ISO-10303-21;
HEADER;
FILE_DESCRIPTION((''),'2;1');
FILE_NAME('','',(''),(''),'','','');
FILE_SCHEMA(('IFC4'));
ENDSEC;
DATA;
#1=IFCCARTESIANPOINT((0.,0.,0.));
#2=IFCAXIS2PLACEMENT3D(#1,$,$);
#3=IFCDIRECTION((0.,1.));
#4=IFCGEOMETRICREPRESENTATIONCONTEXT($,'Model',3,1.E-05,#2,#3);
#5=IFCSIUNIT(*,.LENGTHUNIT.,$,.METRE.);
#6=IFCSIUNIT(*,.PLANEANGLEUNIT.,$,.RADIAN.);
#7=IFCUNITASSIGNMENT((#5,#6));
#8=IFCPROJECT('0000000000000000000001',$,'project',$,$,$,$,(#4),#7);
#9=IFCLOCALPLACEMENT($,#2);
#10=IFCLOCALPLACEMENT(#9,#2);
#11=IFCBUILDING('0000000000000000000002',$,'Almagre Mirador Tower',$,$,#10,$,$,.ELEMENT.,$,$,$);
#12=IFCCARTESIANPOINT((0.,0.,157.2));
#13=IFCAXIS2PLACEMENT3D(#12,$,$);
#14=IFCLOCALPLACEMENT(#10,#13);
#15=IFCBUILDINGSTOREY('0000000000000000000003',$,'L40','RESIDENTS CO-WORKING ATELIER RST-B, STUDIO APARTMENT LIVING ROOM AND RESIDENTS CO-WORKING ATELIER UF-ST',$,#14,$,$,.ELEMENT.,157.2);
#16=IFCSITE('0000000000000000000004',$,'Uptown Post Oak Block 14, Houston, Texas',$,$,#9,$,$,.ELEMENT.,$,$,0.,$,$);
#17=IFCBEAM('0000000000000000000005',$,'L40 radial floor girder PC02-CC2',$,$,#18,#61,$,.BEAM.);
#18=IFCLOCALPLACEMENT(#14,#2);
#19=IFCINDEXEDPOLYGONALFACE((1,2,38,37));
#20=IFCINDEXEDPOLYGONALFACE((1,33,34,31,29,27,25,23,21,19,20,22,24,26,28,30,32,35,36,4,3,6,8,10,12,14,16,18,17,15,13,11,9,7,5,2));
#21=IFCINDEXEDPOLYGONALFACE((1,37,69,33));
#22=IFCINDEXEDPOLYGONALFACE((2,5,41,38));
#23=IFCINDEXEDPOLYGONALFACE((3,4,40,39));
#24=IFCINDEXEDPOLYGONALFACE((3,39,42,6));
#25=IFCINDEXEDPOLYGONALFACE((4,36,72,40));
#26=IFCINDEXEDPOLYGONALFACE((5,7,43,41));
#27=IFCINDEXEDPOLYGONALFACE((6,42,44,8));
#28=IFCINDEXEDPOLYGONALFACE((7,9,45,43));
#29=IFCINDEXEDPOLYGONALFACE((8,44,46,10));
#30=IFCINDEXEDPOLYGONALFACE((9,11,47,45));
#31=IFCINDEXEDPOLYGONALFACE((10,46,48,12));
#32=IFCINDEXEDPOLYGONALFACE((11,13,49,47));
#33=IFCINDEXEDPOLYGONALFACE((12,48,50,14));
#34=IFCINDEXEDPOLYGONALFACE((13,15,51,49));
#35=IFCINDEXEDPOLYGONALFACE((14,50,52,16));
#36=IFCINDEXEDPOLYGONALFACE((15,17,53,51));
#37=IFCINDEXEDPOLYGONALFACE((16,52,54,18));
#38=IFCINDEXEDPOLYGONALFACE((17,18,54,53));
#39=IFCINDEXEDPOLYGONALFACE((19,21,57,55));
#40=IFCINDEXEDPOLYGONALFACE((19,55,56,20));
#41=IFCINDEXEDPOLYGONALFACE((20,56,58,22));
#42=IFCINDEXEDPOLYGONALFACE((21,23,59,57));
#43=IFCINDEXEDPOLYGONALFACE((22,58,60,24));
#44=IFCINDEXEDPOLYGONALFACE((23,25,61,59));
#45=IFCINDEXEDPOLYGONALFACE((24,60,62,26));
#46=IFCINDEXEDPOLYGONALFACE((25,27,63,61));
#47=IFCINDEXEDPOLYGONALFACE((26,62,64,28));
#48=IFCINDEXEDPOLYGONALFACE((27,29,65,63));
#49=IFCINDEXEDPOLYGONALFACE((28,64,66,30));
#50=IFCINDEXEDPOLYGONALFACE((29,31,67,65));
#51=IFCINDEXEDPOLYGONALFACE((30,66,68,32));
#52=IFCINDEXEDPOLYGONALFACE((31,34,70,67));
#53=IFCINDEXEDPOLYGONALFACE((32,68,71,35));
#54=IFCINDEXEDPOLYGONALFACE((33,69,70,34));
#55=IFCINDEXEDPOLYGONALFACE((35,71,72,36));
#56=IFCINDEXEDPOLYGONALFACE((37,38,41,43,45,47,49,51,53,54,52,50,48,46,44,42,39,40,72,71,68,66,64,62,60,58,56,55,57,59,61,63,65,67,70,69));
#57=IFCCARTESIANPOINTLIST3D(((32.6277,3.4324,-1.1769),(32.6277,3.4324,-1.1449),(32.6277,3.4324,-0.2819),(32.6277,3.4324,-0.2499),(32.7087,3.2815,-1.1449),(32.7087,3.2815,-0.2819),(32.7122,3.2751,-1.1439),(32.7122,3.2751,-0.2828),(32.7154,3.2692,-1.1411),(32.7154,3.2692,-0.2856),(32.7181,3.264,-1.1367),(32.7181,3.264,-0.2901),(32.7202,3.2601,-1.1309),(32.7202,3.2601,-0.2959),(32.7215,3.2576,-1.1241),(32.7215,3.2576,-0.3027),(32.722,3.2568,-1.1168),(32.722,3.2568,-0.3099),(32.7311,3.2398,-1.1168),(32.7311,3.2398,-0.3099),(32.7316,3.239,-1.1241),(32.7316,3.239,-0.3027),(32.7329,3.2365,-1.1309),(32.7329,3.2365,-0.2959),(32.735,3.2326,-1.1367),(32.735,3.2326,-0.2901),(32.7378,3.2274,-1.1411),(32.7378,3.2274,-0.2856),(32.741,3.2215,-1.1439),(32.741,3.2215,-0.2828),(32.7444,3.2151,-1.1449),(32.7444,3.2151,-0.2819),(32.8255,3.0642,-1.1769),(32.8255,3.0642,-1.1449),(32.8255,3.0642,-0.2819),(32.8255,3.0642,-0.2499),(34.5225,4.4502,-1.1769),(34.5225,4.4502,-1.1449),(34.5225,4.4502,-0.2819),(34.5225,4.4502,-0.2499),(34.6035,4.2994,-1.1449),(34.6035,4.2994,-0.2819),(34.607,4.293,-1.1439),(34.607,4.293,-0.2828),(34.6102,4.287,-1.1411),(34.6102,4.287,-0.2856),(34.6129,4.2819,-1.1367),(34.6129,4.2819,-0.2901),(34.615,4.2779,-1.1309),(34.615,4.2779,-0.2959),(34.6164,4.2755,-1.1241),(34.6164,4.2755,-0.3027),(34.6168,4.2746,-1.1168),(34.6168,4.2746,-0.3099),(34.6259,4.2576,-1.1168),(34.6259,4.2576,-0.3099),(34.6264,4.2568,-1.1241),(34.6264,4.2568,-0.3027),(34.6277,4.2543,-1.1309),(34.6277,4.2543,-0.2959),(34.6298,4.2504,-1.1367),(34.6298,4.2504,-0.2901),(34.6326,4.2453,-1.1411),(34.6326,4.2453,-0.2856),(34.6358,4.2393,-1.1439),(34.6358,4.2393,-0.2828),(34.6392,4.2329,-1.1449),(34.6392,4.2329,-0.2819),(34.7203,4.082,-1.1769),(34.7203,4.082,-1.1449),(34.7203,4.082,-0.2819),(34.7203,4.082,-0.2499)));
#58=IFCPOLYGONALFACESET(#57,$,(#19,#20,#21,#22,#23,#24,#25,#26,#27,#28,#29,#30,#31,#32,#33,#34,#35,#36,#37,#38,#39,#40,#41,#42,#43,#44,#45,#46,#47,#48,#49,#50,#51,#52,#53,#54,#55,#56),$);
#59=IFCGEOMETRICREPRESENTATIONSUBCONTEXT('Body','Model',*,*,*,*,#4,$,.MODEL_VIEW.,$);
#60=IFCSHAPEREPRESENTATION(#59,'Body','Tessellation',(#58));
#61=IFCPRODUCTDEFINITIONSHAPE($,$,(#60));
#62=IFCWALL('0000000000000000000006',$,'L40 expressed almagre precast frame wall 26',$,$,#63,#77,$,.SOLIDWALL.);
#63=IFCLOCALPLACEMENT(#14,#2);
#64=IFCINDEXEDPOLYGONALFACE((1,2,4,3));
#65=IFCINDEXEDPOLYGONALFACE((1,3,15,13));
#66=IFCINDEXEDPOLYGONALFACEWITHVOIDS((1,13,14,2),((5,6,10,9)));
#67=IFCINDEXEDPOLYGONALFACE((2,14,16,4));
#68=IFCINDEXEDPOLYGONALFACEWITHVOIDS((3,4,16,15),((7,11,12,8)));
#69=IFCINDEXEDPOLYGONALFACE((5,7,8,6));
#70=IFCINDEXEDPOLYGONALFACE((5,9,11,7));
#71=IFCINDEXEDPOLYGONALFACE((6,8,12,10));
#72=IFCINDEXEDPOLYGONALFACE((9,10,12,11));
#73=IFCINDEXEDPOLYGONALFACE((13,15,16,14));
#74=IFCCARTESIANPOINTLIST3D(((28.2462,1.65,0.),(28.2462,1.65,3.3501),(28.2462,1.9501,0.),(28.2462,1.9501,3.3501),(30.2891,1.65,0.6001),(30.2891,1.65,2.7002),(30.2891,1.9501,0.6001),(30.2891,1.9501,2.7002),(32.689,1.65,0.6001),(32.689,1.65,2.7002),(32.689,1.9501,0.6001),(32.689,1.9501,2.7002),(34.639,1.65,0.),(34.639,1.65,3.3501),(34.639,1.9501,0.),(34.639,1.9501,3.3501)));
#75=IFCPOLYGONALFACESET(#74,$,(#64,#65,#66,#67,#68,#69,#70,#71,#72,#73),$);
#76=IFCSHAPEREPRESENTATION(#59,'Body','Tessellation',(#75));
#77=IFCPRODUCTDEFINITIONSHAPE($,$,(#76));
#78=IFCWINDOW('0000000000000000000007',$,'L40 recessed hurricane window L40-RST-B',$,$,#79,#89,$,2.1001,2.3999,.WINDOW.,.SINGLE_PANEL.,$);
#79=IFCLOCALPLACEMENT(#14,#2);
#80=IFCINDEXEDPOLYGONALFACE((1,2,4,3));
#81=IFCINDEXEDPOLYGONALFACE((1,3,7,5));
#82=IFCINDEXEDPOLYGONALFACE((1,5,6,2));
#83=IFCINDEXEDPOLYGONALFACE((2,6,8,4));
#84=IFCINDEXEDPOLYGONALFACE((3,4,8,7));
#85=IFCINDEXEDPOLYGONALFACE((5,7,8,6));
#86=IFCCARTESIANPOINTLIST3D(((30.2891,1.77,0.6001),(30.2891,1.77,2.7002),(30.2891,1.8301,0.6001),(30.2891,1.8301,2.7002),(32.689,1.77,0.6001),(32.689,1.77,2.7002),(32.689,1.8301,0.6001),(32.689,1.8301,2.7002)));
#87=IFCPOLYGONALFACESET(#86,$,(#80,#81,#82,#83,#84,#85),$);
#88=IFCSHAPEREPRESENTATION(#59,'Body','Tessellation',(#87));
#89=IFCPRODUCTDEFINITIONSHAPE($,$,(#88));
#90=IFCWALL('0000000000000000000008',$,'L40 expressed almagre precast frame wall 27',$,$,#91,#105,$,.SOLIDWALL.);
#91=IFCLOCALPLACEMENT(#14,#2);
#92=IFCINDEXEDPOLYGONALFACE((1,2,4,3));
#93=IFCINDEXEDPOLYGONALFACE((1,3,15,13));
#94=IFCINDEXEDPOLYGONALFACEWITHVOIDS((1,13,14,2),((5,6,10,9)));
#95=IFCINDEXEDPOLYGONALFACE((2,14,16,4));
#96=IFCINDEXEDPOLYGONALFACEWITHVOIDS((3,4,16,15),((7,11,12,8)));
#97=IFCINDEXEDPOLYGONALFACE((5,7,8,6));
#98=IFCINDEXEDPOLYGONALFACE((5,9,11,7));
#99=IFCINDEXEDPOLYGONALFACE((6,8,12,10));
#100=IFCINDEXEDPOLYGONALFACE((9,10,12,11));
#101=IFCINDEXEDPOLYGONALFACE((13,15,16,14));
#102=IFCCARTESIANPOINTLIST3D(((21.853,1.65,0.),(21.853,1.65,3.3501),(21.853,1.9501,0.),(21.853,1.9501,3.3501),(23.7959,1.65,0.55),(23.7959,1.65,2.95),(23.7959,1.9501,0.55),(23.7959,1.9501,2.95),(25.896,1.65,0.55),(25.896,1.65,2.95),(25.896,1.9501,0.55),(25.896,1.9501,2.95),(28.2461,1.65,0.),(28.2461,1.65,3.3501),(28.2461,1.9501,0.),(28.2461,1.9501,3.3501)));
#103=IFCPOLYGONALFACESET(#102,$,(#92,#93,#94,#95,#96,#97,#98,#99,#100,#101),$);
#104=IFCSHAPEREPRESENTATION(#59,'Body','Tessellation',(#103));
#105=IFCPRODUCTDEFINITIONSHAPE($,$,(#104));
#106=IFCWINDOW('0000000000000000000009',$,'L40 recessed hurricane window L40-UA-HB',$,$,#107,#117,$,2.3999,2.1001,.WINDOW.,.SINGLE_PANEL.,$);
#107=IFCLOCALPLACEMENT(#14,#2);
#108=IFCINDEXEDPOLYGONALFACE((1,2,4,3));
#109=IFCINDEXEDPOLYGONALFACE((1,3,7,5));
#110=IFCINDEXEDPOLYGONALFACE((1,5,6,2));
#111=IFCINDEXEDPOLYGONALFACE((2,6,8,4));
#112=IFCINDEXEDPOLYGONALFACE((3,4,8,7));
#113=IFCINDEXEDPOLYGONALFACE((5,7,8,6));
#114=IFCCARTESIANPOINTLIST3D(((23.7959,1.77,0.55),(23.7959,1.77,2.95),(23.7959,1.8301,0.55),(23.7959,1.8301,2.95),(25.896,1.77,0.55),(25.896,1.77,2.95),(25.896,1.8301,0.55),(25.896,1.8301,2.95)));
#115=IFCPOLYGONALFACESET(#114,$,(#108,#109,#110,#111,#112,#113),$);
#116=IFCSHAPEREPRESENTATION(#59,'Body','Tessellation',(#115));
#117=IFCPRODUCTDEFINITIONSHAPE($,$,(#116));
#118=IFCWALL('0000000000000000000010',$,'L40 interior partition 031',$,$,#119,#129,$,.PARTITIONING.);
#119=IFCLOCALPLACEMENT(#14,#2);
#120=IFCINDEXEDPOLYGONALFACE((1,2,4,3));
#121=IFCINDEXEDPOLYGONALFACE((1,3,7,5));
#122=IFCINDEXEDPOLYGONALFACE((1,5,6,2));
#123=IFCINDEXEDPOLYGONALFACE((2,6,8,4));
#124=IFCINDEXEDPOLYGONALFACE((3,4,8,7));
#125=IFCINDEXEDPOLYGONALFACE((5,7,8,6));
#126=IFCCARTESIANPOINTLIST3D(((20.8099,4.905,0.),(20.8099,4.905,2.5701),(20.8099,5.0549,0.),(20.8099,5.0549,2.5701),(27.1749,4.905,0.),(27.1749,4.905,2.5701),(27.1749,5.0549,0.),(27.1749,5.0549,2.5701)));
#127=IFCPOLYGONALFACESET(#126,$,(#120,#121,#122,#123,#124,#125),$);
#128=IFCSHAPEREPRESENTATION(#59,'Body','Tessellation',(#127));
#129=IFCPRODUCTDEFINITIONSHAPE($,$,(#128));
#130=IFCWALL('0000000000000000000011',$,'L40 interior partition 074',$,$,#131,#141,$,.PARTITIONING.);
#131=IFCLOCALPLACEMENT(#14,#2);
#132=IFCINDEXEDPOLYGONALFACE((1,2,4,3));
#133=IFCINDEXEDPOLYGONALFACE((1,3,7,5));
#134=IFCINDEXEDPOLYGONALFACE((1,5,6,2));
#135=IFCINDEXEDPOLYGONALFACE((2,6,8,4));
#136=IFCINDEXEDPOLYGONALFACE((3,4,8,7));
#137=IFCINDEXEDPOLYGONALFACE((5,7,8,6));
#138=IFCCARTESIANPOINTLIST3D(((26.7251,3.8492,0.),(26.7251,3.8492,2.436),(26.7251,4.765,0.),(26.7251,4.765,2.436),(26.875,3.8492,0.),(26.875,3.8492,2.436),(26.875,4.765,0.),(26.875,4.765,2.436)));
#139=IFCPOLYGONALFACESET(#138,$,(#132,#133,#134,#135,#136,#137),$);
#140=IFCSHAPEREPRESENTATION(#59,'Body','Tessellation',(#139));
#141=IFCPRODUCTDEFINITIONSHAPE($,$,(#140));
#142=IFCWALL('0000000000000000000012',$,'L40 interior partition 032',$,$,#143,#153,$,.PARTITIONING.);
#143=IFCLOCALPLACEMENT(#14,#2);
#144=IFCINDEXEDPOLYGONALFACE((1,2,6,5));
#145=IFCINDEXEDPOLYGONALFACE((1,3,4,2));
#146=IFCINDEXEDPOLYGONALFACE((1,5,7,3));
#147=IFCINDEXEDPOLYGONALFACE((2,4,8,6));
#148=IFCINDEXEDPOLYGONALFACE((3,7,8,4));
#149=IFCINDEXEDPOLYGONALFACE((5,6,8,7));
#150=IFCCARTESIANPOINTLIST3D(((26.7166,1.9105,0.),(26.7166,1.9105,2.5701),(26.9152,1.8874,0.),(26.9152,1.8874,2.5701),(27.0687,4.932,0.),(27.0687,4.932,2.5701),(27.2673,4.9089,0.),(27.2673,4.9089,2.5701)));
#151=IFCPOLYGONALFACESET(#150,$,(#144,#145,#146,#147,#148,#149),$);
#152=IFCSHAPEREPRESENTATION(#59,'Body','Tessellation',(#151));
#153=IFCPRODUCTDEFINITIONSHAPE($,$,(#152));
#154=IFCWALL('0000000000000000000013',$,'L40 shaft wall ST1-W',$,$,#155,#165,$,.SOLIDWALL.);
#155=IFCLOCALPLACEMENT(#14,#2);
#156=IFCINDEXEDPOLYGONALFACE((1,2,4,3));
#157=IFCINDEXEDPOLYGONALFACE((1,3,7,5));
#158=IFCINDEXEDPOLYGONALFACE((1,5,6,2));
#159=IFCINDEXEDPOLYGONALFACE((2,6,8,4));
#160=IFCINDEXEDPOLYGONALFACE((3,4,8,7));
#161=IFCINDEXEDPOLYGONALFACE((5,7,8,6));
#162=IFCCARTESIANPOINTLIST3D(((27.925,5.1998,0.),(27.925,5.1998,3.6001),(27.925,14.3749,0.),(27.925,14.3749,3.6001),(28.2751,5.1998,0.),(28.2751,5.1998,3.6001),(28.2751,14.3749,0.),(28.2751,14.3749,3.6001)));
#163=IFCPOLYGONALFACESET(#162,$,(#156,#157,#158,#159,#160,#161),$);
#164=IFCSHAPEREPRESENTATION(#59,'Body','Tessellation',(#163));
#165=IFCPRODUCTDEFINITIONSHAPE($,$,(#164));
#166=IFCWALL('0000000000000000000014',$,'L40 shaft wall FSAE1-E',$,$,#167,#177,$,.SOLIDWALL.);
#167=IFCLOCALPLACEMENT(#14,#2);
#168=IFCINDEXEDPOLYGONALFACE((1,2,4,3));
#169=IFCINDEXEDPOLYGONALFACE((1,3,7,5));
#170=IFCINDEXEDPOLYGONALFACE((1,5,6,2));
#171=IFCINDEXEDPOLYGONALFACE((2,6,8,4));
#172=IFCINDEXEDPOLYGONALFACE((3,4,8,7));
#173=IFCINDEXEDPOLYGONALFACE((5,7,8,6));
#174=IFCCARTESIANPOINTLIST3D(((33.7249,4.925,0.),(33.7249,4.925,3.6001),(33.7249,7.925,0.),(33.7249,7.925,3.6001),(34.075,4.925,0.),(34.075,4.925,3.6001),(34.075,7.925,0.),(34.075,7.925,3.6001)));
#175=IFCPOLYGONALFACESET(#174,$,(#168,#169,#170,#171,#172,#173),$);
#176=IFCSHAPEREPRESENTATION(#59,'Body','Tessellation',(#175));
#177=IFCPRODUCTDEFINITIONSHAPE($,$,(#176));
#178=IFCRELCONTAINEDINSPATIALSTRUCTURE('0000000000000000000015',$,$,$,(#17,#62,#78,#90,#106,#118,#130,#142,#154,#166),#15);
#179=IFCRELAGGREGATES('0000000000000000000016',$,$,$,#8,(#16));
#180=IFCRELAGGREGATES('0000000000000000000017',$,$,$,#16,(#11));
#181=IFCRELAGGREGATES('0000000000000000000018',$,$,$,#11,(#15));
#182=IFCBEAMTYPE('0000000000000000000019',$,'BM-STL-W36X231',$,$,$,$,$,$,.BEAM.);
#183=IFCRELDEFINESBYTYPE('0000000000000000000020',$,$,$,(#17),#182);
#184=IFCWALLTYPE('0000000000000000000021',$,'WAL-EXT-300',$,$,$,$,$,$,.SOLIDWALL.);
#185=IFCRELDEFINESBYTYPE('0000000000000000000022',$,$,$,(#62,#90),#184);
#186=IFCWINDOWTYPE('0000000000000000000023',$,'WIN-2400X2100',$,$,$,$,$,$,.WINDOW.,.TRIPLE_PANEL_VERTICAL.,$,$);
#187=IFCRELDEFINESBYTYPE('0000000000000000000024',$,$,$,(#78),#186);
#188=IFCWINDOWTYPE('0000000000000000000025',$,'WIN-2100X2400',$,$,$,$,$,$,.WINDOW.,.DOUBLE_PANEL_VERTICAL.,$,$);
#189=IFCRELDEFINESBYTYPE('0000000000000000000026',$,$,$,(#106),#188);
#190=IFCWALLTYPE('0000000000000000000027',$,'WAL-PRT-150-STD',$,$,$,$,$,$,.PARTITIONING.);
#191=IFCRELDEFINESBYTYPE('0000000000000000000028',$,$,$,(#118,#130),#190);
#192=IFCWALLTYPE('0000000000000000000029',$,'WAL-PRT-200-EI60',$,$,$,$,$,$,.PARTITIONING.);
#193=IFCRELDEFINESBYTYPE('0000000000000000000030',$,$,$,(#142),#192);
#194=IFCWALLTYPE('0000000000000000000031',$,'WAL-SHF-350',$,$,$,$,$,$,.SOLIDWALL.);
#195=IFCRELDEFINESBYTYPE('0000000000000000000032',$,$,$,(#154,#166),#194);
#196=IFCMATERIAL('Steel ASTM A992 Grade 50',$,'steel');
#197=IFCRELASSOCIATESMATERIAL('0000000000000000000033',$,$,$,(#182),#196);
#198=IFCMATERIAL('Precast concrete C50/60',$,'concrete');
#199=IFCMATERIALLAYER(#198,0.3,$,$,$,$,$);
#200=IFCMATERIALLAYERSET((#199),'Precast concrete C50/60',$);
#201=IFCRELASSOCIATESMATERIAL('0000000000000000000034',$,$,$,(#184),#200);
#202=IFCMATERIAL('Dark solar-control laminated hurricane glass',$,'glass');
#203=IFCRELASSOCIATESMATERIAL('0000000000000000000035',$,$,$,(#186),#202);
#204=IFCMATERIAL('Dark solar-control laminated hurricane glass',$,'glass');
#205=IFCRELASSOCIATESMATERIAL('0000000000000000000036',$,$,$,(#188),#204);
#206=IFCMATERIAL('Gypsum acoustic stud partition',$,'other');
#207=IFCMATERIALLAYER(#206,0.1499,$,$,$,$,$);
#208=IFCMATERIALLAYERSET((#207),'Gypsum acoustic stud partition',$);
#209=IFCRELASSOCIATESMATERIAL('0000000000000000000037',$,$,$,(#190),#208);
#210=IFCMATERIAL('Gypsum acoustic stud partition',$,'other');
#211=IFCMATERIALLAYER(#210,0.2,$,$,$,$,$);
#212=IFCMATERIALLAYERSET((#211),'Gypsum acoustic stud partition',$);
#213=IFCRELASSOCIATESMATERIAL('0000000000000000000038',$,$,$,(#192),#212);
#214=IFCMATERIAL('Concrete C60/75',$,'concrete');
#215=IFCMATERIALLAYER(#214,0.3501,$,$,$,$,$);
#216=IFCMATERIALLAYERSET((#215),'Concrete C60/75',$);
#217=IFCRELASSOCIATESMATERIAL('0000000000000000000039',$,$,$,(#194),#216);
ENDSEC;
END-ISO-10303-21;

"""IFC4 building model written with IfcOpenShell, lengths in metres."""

from ifc_helpers import new_model, si_unit, direction, frame, frame_2d, origin, origin_2d, place, context, subcontext, project, spatial, rectangle, i_section, extrude, material, layer, layer_set, material_profile, profile_set, type_object, element, fill, save


model = new_model("IFC4")

# Units and contexts
model_context = context("Model", 3, precision=1e-05, world=origin(), true_north=direction((0.0, 1.0)))
body_context = subcontext(model_context, "Body", "Model", "MODEL_VIEW")
ifc_project = project(units=[si_unit("LENGTHUNIT", "METRE"), si_unit("PLANEANGLEUNIT", "RADIAN")], contexts=[model_context])

# Site, building, storey
site_placement = place(None, origin())
site = spatial("IfcSite", under=ifc_project, at=site_placement, Name="Uptown Post Oak Block 14, Houston, Texas", CompositionType="ELEMENT", RefElevation=0.0)
building_placement = place(site_placement, origin())
building = spatial("IfcBuilding", under=site, at=building_placement, Name="Almagre Mirador Tower", CompositionType="ELEMENT")
storey_placement = place(building_placement, frame((0.0, 0.0, 157.2)))
storey = spatial("IfcBuildingStorey", under=building, at=storey_placement, Name="L40", Description="RESIDENTS CO-WORKING ATELIER RST-B, STUDIO APARTMENT LIVING ROOM AND RESIDENTS CO-WORKING ATELIER UF-ST", CompositionType="ELEMENT", Elevation=157.2)

# Beam
ifc_material_1 = material(Name="Steel ASTM A992 Grade 50", Category="steel")
ifc_material_profile_1 = material_profile(ifc_material_1, i_section(OverallWidth=0.418, OverallDepth=0.927, WebThickness=0.0193, FlangeThickness=0.032, FilletRadius=0.0281, at=origin_2d()), Name="W36X231")
ifc_profile_set_1 = profile_set([ifc_material_profile_1], Name="Steel ASTM A992 Grade 50")
beam_type_1 = type_object("IfcBeamType", Name="BM-STL-W36X231", PredefinedType="BEAM", material=ifc_profile_set_1)
beam_1_placement = place(storey_placement, frame((32.7266, 3.2483, -0.7134), z_axis=(0.880944, 0.47322, 0.0), x_axis=(-0.47322, 0.880944, 0.0)))
element("IfcBeam", 1, at=beam_1_placement, inside=storey, type_object=beam_type_1, Name="L40 radial floor girder PC02-CC2", PredefinedType="BEAM", context=body_context, shape_type="SweptSolid", body=[
    extrude(i_section(OverallWidth=0.418, OverallDepth=0.927, WebThickness=0.0193, FlangeThickness=0.032, FilletRadius=0.0281, at=origin_2d()), origin(), (0.0, 0.0, 1.0), 2.1509),
])

# Walls, openings, windows
ifc_material_2 = material(Name="Precast concrete C50/60", Category="concrete")
ifc_layer_1 = layer(ifc_material_2, 0.3)
ifc_layer_set_1 = layer_set([ifc_layer_1], Name="Precast concrete C50/60")
wall_type_1 = type_object("IfcWallType", Name="WAL-EXT-300", PredefinedType="SOLIDWALL", material=ifc_layer_set_1)
wall_1_placement = place(storey_placement, frame((34.6389, 1.8, 0.0), z_axis=(0.0, 0.0, 1.0), x_axis=(-1.0, 0.0, 0.0)))
wall_1 = element("IfcWall", 2, at=wall_1_placement, inside=storey, type_object=wall_type_1, Name="L40 expressed almagre precast frame wall 26", PredefinedType="SOLIDWALL", context=body_context, shape_type="SweptSolid", body=[
    extrude(rectangle(XDim=6.3928, YDim=0.3, at=frame_2d((3.1963, 0.0))), origin(), (0.0, 0.0, 1.0), 3.3501),
])
opening_1_placement = place(wall_1_placement, frame((1.95, 0.0, 0.6001)))
opening_1 = element("IfcOpeningElement", 3, at=opening_1_placement, cuts=wall_1, PredefinedType="OPENING", context=body_context, shape_type="SweptSolid", body=[
    extrude(rectangle(XDim=2.3999, YDim=2.1001, at=frame_2d((1.2, 1.05))), frame((0.0, 0.1599, 0.0), z_axis=(0.0, -1.0, 0.0), x_axis=(1.0, 0.0, 0.0)), (0.0, 0.0, 1.0), 0.32),
])
ifc_material_3 = material(Name="Dark solar-control laminated hurricane glass", Category="glass")
window_type_1 = type_object("IfcWindowType", Name="WIN-2400X2100", PartitioningType="TRIPLE_PANEL_VERTICAL", PredefinedType="WINDOW", material=ifc_material_3)
window_1_placement = place(opening_1_placement, origin())
window_1 = element("IfcWindow", 4, at=window_1_placement, inside=storey, type_object=window_type_1, Name="L40 recessed hurricane window L40-RST-B", OverallHeight=2.1001, OverallWidth=2.3999, PartitioningType="SINGLE_PANEL", PredefinedType="WINDOW", context=body_context, shape_type="SweptSolid", body=[
    extrude(rectangle(XDim=2.3999, YDim=2.1001, at=frame_2d((1.2, 1.05))), frame((0.0, 0.03, 0.0), z_axis=(0.0, -1.0, 0.0), x_axis=(1.0, 0.0, 0.0)), (0.0, 0.0, 1.0), 0.0601),
])
fill(opening_1, window_1)
wall_2_placement = place(storey_placement, frame((28.2461, 1.8, 0.0), z_axis=(0.0, 0.0, 1.0), x_axis=(-1.0, 0.0, 0.0)))
wall_2 = element("IfcWall", 5, at=wall_2_placement, inside=storey, type_object=wall_type_1, Name="L40 expressed almagre precast frame wall 27", PredefinedType="SOLIDWALL", context=body_context, shape_type="SweptSolid", body=[
    extrude(rectangle(XDim=6.3931, YDim=0.3, at=frame_2d((3.1965, 0.0))), origin(), (0.0, 0.0, 1.0), 3.3501),
])
opening_2_placement = place(wall_2_placement, frame((2.3501, 0.0, 0.55)))
opening_2 = element("IfcOpeningElement", 6, at=opening_2_placement, cuts=wall_2, PredefinedType="OPENING", context=body_context, shape_type="SweptSolid", body=[
    extrude(rectangle(XDim=2.1001, YDim=2.3999, at=frame_2d((1.05, 1.2))), frame((0.0, 0.1599, 0.0), z_axis=(0.0, -1.0, 0.0), x_axis=(1.0, 0.0, 0.0)), (0.0, 0.0, 1.0), 0.32),
])
ifc_material_4 = material(Name="Dark solar-control laminated hurricane glass", Category="glass")
window_type_2 = type_object("IfcWindowType", Name="WIN-2100X2400", PartitioningType="DOUBLE_PANEL_VERTICAL", PredefinedType="WINDOW", material=ifc_material_4)
window_2_placement = place(opening_2_placement, origin())
window_2 = element("IfcWindow", 7, at=window_2_placement, inside=storey, type_object=window_type_2, Name="L40 recessed hurricane window L40-UA-HB", OverallHeight=2.3999, OverallWidth=2.1001, PartitioningType="SINGLE_PANEL", PredefinedType="WINDOW", context=body_context, shape_type="SweptSolid", body=[
    extrude(rectangle(XDim=2.1001, YDim=2.3999, at=frame_2d((1.05, 1.2))), frame((0.0, 0.03, 0.0), z_axis=(0.0, -1.0, 0.0), x_axis=(1.0, 0.0, 0.0)), (0.0, 0.0, 1.0), 0.0601),
])
fill(opening_2, window_2)

# Walls
ifc_material_5 = material(Name="Gypsum acoustic stud partition", Category="other")
ifc_layer_2 = layer(ifc_material_5, 0.1499)
ifc_layer_set_2 = layer_set([ifc_layer_2], Name="Gypsum acoustic stud partition")
wall_type_2 = type_object("IfcWallType", Name="WAL-PRT-150-STD", PredefinedType="PARTITIONING", material=ifc_layer_set_2)
wall_3_placement = place(storey_placement, frame((27.175, 4.98, 0.0), z_axis=(0.0, 0.0, 1.0), x_axis=(-1.0, 0.0, 0.0)))
element("IfcWall", 8, at=wall_3_placement, inside=storey, type_object=wall_type_2, Name="L40 interior partition 031", PredefinedType="PARTITIONING", context=body_context, shape_type="SweptSolid", body=[
    extrude(rectangle(XDim=6.365, YDim=0.1499, at=frame_2d((3.1826, 0.0))), origin(), (0.0, 0.0, 1.0), 2.5701),
])
wall_4_placement = place(storey_placement, frame((26.8, 3.8491, 0.0), z_axis=(0.0, 0.0, 1.0), x_axis=(0.0, 1.0, 0.0)))
element("IfcWall", 9, at=wall_4_placement, inside=storey, type_object=wall_type_2, Name="L40 interior partition 074", PredefinedType="PARTITIONING", context=body_context, shape_type="SweptSolid", body=[
    extrude(rectangle(XDim=0.9158, YDim=0.1499, at=frame_2d((0.458, 0.0))), origin(), (0.0, 0.0, 1.0), 2.436),
])
ifc_material_6 = material(Name="Gypsum acoustic stud partition", Category="other")
ifc_layer_3 = layer(ifc_material_6, 0.2)
ifc_layer_set_3 = layer_set([ifc_layer_3], Name="Gypsum acoustic stud partition")
wall_type_3 = type_object("IfcWallType", Name="WAL-PRT-200-EI60", PredefinedType="PARTITIONING", material=ifc_layer_set_3)
wall_5_placement = place(storey_placement, frame((26.8159, 1.8989, 0.0), z_axis=(0.0, 0.0, 1.0), x_axis=(0.115733, 0.99328, 0.0)))
element("IfcWall", 10, at=wall_5_placement, inside=storey, type_object=wall_type_3, Name="L40 interior partition 032", PredefinedType="PARTITIONING", context=body_context, shape_type="SweptSolid", body=[
    extrude(rectangle(XDim=3.042, YDim=0.2, at=frame_2d((1.521, 0.0))), origin(), (0.0, 0.0, 1.0), 2.5701),
])
ifc_material_7 = material(Name="Concrete C60/75", Category="concrete")
ifc_layer_4 = layer(ifc_material_7, 0.3501)
ifc_layer_set_4 = layer_set([ifc_layer_4], Name="Concrete C60/75")
wall_type_4 = type_object("IfcWallType", Name="WAL-SHF-350", PredefinedType="SOLIDWALL", material=ifc_layer_set_4)
wall_6_placement = place(storey_placement, frame((28.1001, 5.2, 0.0), z_axis=(0.0, 0.0, 1.0), x_axis=(0.0, 1.0, 0.0)))
element("IfcWall", 11, at=wall_6_placement, inside=storey, type_object=wall_type_4, Name="L40 shaft wall ST1-W", PredefinedType="SOLIDWALL", context=body_context, shape_type="SweptSolid", body=[
    extrude(rectangle(XDim=9.175, YDim=0.3501, at=frame_2d((4.5874, 0.0))), origin(), (0.0, 0.0, 1.0), 3.6001),
])
wall_7_placement = place(storey_placement, frame((33.8999, 4.925, 0.0), z_axis=(0.0, 0.0, 1.0), x_axis=(0.0, 1.0, 0.0)))
element("IfcWall", 12, at=wall_7_placement, inside=storey, type_object=wall_type_4, Name="L40 shaft wall FSAE1-E", PredefinedType="SOLIDWALL", context=body_context, shape_type="SweptSolid", body=[
    extrude(rectangle(XDim=3.0, YDim=0.3501, at=frame_2d((1.5, 0.0))), origin(), (0.0, 0.0, 1.0), 3.6001),
])

save(model, "model.ifc")
